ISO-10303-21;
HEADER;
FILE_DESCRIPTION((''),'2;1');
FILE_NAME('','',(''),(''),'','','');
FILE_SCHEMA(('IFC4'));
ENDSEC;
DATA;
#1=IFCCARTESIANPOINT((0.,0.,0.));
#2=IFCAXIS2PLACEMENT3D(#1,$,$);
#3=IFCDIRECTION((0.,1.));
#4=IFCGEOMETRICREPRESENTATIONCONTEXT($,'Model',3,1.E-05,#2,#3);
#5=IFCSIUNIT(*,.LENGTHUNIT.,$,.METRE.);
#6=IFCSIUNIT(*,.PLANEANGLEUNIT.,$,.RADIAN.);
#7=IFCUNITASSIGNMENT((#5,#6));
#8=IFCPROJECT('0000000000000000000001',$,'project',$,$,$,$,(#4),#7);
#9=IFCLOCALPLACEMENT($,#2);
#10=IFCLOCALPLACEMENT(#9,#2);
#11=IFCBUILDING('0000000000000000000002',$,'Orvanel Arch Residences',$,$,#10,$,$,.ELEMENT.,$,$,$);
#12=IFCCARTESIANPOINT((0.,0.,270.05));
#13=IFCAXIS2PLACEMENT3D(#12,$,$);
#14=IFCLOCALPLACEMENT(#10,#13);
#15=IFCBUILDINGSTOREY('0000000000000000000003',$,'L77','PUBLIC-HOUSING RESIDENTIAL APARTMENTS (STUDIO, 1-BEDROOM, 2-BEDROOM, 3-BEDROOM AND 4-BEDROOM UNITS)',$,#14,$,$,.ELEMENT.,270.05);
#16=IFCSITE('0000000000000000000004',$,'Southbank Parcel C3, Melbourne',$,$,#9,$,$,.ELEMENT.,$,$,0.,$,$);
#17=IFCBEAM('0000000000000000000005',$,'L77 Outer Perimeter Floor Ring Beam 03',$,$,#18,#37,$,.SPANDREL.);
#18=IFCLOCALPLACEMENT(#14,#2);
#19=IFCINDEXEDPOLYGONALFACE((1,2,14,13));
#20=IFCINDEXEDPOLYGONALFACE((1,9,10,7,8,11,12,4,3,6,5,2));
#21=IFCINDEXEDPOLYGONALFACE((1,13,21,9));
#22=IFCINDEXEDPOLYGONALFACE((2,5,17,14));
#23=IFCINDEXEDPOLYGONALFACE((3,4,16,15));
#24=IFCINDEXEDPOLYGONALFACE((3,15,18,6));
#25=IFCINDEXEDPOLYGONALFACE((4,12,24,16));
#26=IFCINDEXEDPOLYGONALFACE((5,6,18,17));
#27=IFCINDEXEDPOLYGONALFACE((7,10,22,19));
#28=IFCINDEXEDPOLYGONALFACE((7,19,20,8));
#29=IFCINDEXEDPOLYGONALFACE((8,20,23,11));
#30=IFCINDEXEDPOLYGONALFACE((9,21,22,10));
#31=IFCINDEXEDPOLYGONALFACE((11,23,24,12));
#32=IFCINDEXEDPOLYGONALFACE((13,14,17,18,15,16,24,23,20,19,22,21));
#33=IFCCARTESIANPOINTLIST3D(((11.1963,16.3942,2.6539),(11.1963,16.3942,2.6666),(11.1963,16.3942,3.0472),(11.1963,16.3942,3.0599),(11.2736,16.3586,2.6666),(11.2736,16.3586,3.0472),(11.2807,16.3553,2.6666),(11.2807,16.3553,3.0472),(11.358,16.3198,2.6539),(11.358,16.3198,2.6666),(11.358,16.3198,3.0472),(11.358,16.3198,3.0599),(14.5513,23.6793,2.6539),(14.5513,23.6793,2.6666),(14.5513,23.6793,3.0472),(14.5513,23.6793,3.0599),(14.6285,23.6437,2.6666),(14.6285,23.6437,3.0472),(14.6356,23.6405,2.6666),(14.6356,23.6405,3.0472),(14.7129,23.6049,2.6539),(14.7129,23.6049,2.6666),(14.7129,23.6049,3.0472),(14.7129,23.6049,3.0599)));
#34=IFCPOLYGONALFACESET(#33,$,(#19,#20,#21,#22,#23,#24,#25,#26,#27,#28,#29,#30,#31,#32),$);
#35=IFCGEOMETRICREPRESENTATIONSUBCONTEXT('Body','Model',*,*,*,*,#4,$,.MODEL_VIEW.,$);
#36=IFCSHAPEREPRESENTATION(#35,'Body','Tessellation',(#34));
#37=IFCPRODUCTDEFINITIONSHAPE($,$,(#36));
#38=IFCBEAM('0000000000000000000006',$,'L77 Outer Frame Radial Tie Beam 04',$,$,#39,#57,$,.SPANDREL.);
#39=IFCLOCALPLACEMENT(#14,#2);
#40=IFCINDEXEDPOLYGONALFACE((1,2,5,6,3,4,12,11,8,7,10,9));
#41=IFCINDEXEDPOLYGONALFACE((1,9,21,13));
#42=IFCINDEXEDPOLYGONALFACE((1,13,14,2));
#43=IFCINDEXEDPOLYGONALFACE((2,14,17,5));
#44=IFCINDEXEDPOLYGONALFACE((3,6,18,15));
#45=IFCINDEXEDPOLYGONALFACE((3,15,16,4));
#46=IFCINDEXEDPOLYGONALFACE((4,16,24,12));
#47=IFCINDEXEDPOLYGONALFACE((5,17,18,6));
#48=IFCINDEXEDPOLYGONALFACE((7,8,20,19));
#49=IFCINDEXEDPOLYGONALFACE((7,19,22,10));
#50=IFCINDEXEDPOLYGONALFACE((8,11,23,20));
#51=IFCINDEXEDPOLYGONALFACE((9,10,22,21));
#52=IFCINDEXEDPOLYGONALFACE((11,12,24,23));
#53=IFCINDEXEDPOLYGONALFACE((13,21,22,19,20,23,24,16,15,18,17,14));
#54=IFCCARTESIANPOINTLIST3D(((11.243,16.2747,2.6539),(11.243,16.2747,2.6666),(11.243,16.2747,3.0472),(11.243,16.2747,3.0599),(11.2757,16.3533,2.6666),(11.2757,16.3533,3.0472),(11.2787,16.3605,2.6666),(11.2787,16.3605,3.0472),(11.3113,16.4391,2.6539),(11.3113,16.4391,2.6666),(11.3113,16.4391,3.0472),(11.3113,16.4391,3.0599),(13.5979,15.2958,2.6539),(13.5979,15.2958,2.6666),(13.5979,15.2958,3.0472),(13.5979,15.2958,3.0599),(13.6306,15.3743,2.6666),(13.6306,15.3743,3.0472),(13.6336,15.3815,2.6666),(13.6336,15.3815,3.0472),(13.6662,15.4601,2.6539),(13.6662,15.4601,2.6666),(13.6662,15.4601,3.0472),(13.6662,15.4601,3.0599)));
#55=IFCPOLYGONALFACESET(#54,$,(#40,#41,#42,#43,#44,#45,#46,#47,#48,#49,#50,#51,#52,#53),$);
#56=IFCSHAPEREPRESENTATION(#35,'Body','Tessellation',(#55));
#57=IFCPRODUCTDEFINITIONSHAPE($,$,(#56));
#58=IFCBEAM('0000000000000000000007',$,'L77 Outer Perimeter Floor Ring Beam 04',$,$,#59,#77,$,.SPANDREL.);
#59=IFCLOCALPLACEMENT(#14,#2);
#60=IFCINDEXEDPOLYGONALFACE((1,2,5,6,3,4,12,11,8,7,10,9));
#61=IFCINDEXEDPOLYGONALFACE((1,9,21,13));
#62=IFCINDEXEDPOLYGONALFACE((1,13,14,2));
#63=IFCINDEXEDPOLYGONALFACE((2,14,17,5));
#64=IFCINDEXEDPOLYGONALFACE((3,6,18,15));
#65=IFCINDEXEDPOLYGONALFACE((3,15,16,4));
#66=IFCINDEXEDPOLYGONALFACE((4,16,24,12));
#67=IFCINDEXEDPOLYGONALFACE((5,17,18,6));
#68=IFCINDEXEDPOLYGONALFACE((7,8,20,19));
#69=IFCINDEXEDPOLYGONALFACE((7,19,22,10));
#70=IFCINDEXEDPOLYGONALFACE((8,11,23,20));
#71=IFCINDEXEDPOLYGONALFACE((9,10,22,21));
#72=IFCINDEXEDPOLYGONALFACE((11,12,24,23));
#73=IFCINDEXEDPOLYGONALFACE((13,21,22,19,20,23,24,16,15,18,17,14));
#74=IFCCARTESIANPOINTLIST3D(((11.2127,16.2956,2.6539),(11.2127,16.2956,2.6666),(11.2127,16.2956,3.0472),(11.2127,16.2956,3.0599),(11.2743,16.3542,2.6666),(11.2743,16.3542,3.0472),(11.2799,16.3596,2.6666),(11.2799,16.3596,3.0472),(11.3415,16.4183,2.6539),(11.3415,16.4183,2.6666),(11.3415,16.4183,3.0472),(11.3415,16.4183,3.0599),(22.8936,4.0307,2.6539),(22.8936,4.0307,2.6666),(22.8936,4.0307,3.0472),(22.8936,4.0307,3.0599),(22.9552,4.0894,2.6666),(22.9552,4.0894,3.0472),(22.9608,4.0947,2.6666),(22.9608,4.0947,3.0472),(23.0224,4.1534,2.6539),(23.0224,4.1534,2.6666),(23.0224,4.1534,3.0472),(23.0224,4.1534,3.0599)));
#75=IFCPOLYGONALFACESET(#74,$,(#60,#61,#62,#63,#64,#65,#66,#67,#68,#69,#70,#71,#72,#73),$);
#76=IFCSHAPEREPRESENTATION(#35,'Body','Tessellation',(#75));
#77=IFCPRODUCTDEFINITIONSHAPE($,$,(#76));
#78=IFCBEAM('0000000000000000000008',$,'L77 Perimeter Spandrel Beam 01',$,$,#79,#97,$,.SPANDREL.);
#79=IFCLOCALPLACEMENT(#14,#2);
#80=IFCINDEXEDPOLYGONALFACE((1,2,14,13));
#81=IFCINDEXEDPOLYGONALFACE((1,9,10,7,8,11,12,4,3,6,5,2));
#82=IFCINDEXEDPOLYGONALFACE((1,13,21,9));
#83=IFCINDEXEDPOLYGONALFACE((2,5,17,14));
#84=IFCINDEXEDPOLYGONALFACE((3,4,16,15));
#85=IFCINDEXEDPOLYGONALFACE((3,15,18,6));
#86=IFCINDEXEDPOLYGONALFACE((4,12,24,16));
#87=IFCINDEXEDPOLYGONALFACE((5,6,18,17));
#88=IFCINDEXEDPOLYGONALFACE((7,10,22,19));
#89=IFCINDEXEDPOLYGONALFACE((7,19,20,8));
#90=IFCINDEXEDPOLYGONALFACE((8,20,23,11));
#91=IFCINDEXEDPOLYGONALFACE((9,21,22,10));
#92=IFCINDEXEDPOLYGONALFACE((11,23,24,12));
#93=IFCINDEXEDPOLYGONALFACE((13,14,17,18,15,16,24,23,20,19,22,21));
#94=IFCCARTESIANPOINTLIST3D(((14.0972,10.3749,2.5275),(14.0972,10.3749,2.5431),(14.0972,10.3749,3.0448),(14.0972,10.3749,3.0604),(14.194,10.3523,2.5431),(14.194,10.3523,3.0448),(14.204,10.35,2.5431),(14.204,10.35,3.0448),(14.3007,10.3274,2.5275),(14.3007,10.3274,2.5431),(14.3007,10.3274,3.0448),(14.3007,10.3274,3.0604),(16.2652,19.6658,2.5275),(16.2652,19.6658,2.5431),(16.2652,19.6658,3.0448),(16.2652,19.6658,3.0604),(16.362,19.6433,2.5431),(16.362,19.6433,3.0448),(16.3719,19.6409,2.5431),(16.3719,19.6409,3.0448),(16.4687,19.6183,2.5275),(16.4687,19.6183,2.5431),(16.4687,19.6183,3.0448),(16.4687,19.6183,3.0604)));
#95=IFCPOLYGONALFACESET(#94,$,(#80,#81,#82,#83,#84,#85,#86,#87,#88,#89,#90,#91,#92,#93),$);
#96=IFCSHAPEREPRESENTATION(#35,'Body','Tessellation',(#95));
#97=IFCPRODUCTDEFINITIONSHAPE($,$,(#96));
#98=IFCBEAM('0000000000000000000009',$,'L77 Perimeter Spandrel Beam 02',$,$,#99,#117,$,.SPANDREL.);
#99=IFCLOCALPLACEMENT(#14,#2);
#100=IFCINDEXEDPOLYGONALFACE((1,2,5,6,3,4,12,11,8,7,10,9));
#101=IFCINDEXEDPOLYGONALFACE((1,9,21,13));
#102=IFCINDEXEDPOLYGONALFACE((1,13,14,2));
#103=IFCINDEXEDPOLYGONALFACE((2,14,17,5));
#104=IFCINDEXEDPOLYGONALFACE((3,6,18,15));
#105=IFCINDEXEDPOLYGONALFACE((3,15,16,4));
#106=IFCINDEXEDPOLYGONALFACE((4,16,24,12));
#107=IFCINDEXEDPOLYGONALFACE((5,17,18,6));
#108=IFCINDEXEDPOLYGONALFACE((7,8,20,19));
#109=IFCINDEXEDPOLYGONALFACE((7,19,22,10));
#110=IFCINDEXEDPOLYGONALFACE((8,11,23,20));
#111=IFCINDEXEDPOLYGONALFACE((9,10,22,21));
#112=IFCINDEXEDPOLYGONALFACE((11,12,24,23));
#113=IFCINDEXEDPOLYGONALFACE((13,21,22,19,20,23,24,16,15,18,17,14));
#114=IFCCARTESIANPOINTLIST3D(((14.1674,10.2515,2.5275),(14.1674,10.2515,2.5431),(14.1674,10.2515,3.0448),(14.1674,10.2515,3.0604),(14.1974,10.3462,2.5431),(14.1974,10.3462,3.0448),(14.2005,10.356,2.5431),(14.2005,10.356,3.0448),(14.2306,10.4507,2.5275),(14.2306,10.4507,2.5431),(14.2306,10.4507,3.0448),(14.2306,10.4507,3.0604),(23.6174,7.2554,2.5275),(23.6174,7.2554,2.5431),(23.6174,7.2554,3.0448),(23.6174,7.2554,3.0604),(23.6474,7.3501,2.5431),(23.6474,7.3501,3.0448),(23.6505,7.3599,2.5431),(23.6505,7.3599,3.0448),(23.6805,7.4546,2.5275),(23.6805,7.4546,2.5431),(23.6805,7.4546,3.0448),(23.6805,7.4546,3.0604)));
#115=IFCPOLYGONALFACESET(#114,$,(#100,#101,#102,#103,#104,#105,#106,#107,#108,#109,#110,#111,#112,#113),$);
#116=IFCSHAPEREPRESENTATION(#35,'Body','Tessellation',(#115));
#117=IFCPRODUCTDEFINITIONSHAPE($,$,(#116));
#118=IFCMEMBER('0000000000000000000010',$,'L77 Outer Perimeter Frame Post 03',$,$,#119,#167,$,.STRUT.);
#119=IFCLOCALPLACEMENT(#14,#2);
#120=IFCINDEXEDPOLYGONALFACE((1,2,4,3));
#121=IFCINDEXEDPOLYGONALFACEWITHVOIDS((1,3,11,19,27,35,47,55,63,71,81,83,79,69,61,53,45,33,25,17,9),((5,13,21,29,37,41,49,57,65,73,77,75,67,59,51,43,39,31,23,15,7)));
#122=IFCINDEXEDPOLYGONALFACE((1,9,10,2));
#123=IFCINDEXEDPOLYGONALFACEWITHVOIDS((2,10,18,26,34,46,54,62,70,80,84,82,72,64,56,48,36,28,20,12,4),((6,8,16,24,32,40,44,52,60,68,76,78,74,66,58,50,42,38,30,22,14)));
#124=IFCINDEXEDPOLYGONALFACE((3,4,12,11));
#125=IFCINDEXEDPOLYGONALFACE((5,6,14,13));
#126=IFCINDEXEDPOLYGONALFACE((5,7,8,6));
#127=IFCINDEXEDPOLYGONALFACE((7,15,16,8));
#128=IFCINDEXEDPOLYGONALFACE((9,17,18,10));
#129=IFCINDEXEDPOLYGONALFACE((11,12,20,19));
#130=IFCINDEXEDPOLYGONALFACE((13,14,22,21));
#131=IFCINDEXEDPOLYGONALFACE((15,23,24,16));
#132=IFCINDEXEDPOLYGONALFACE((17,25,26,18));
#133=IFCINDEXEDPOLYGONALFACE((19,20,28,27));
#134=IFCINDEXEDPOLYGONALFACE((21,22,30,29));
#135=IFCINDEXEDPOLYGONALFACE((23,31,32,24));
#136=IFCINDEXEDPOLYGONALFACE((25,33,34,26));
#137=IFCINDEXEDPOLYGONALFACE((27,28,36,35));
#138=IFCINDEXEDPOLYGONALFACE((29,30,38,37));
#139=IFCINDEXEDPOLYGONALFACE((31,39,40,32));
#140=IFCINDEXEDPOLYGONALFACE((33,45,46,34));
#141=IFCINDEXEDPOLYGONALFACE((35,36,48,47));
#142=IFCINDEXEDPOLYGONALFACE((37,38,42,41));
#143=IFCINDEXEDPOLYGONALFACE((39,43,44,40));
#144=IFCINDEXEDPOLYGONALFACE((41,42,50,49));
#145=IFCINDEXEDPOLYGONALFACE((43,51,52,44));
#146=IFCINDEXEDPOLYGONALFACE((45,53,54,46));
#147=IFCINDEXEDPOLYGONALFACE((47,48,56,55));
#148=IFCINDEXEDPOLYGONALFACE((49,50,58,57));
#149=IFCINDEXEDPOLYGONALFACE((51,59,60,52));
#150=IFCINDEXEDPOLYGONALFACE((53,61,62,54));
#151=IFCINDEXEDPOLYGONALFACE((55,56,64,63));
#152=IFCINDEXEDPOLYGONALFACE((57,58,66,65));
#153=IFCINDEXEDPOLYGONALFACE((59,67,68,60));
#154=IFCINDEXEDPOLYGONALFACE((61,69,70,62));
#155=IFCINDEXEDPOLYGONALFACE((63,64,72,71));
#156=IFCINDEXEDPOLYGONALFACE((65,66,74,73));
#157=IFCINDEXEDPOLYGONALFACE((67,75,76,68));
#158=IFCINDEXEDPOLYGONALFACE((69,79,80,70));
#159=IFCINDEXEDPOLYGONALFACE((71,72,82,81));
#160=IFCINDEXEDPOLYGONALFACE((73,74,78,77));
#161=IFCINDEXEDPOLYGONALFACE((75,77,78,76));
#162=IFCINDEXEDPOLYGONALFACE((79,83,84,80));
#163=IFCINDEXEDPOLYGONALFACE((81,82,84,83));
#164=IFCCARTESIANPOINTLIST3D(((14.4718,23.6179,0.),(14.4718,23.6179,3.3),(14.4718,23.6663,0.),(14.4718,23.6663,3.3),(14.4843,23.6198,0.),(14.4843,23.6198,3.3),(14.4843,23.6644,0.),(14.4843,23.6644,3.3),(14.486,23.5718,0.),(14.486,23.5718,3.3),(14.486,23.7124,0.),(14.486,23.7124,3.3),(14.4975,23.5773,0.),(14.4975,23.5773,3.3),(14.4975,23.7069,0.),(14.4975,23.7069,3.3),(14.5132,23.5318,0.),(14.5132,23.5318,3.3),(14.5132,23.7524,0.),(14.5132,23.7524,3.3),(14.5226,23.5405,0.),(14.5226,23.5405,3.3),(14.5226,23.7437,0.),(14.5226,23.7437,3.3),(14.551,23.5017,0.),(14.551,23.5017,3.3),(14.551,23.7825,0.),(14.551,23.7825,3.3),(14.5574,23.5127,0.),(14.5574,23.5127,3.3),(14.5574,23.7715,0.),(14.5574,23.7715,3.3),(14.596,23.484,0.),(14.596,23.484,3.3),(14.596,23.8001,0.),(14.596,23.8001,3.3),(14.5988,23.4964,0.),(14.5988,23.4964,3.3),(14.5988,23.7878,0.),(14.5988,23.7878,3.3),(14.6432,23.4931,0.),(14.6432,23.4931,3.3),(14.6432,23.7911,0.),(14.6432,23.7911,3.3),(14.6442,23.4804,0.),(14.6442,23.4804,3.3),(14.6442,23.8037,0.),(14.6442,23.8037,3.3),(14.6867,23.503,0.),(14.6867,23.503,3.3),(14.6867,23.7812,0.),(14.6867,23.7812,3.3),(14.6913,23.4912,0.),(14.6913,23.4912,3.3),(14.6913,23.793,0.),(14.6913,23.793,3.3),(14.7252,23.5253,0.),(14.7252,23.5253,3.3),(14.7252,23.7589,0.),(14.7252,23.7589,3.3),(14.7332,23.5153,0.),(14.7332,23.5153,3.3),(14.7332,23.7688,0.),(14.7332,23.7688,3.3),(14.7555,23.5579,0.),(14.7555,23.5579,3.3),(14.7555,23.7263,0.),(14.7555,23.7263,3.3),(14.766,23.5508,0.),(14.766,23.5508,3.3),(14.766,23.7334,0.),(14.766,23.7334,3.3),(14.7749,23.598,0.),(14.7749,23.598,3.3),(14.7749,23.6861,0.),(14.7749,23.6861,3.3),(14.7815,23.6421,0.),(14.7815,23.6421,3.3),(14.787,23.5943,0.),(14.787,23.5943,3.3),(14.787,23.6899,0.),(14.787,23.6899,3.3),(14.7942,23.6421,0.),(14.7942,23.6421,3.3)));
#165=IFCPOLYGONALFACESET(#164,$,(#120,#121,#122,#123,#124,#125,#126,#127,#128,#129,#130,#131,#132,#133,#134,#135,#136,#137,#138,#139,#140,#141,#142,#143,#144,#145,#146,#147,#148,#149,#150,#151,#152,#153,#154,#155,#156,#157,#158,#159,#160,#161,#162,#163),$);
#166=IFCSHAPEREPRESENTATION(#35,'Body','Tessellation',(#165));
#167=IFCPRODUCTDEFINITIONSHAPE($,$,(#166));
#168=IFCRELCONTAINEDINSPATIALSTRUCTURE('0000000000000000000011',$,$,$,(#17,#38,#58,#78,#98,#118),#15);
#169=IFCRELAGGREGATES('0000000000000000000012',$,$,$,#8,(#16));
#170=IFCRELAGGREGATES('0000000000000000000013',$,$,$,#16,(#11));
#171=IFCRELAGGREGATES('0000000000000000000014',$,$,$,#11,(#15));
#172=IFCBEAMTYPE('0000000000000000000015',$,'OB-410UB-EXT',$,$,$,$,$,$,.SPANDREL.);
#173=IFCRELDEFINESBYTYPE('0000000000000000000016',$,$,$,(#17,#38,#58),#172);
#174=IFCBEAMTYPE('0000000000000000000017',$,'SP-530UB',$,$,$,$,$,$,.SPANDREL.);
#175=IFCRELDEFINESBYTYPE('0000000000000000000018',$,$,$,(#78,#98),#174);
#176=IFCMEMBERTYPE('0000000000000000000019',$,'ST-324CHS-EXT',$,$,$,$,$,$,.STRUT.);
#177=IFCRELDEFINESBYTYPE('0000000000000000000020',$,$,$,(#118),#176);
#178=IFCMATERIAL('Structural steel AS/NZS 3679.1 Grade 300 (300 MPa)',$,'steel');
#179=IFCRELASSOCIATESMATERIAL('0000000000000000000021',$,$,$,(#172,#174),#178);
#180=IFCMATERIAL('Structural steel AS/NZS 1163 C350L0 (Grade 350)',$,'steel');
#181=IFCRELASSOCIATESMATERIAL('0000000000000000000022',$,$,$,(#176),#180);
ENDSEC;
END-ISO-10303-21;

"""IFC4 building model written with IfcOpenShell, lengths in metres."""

from ifc_helpers import new_model, si_unit, direction, frame, origin, origin_2d, place, context, subcontext, project, spatial, hollow_circle, i_section, extrude, material, material_profile, profile_set, type_object, element, save


model = new_model("IFC4")

# Units and contexts
model_context = context("Model", 3, precision=1e-05, world=origin(), true_north=direction((0.0, 1.0)))
body_context = subcontext(model_context, "Body", "Model", "MODEL_VIEW")
ifc_project = project(units=[si_unit("LENGTHUNIT", "METRE"), si_unit("PLANEANGLEUNIT", "RADIAN")], contexts=[model_context])

# Site, building, storey
site_placement = place(None, origin())
site = spatial("IfcSite", under=ifc_project, at=site_placement, Name="Southbank Parcel C3, Melbourne", CompositionType="ELEMENT", RefElevation=0.0)
building_placement = place(site_placement, origin())
building = spatial("IfcBuilding", under=site, at=building_placement, Name="Orvanel Arch Residences", CompositionType="ELEMENT")
storey_placement = place(building_placement, frame((0.0, 0.0, 270.05)))
storey = spatial("IfcBuildingStorey", under=building, at=storey_placement, Name="L77", Description="PUBLIC-HOUSING RESIDENTIAL APARTMENTS (STUDIO, 1-BEDROOM, 2-BEDROOM, 3-BEDROOM AND 4-BEDROOM UNITS)", CompositionType="ELEMENT", Elevation=270.05)

# Beams
ifc_material_1 = material(Name="Structural steel AS/NZS 3679.1 Grade 300 (300 MPa)", Category="steel")
ifc_material_profile_1 = material_profile(ifc_material_1, i_section(OverallWidth=0.178, OverallDepth=0.406, WebThickness=0.0078, FlangeThickness=0.0127, at=origin_2d()), Name="410UB59.7")
ifc_profile_set_1 = profile_set([ifc_material_profile_1], Name="Structural steel AS/NZS 3679.1 Grade 300 (300 MPa)")
beam_type_1 = type_object("IfcBeamType", Name="OB-410UB-EXT", PredefinedType="SPANDREL", material=ifc_profile_set_1)
beam_1_placement = place(storey_placement, frame((14.6321, 23.6421, 2.8569), z_axis=(-0.418297, -0.90831, 0.0), x_axis=(0.90831, -0.418297, 0.0)))
element("IfcBeam", 1, at=beam_1_placement, inside=storey, type_object=beam_type_1, Name="L77 Outer Perimeter Floor Ring Beam 03", PredefinedType="SPANDREL", context=body_context, shape_type="SweptSolid", body=[
    extrude(i_section(OverallWidth=0.178, OverallDepth=0.406, WebThickness=0.0078, FlangeThickness=0.0127, at=origin_2d()), origin(), (0.0, 0.0, 1.0), 8.0205),
])
beam_2_placement = place(storey_placement, frame((13.6321, 15.3779, 2.8569), z_axis=(-0.923388, 0.383868, 0.0), x_axis=(-0.383868, -0.923388, 0.0)))
element("IfcBeam", 2, at=beam_2_placement, inside=storey, type_object=beam_type_1, Name="L77 Outer Frame Radial Tie Beam 04", PredefinedType="SPANDREL", context=body_context, shape_type="SweptSolid", body=[
    extrude(i_section(OverallWidth=0.178, OverallDepth=0.406, WebThickness=0.0078, FlangeThickness=0.0127, at=origin_2d()), origin(), (0.0, 0.0, 1.0), 2.5503),
])
beam_3_placement = place(storey_placement, frame((11.2771, 16.3569, 2.8569), z_axis=(0.689657, -0.724136, 0.0), x_axis=(0.724136, 0.689657, 0.0)))
element("IfcBeam", 3, at=beam_3_placement, inside=storey, type_object=beam_type_1, Name="L77 Outer Perimeter Floor Ring Beam 04", PredefinedType="SPANDREL", context=body_context, shape_type="SweptSolid", body=[
    extrude(i_section(OverallWidth=0.178, OverallDepth=0.406, WebThickness=0.0078, FlangeThickness=0.0127, at=origin_2d()), origin(), (0.0, 0.0, 1.0), 16.9373),
])
ifc_material_profile_2 = material_profile(ifc_material_1, i_section(OverallWidth=0.209, OverallDepth=0.533, WebThickness=0.0103, FlangeThickness=0.0156, at=origin_2d()), Name="530UB92.4")
ifc_profile_set_2 = profile_set([ifc_material_profile_2], Name="Structural steel AS/NZS 3679.1 Grade 300 (300 MPa)")
beam_type_2 = type_object("IfcBeamType", Name="SP-530UB", PredefinedType="SPANDREL", material=ifc_profile_set_2)
beam_4_placement = place(storey_placement, frame((16.3669, 19.6421, 2.7939), z_axis=(-0.227236, -0.97384, 0.0), x_axis=(0.97384, -0.227236, 0.0)))
element("IfcBeam", 4, at=beam_4_placement, inside=storey, type_object=beam_type_2, Name="L77 Perimeter Spandrel Beam 01", PredefinedType="SPANDREL", context=body_context, shape_type="SweptSolid", body=[
    extrude(i_section(OverallWidth=0.209, OverallDepth=0.533, WebThickness=0.0103, FlangeThickness=0.0156, at=origin_2d()), origin(), (0.0, 0.0, 1.0), 9.5405),
])
beam_5_placement = place(storey_placement, frame((14.199, 10.3511, 2.7939), z_axis=(0.953237, -0.302223, 0.0), x_axis=(0.302223, 0.953237, 0.0)))
element("IfcBeam", 5, at=beam_5_placement, inside=storey, type_object=beam_type_2, Name="L77 Perimeter Spandrel Beam 02", PredefinedType="SPANDREL", context=body_context, shape_type="SweptSolid", body=[
    extrude(i_section(OverallWidth=0.209, OverallDepth=0.533, WebThickness=0.0103, FlangeThickness=0.0156, at=origin_2d()), origin(), (0.0, 0.0, 1.0), 9.9136),
])

# Member
ifc_material_2 = material(Name="Structural steel AS/NZS 1163 C350L0 (Grade 350)", Category="steel")
ifc_material_profile_3 = material_profile(ifc_material_2, hollow_circle(Radius=0.1621, WallThickness=0.0127, at=origin_2d()), Name="CHS324x12.7")
ifc_profile_set_3 = profile_set([ifc_material_profile_3], Name="Structural steel AS/NZS 1163 C350L0 (Grade 350)")
member_type_1 = type_object("IfcMemberType", Name="ST-324CHS-EXT", PredefinedType="STRUT", material=ifc_profile_set_3)
for number, where, z_axis, x_axis, name in (
    (6, (14.6321, 23.6421, 0.0), (0.0, 0.0, 1.0), (1.0, 0.0, 0.0), "L77 Outer Perimeter Frame Post 03"),
):
    element("IfcMember", number, at=place(storey_placement, frame(where, z_axis=z_axis, x_axis=x_axis)), inside=storey, type_object=member_type_1, Name=name, PredefinedType="STRUT", context=body_context, shape_type="SweptSolid", body=[
        extrude(hollow_circle(Radius=0.1621, WallThickness=0.0127, at=origin_2d()), origin(), (0.0, 0.0, 1.0), 3.3),
    ])

save(model, "model.ifc")
